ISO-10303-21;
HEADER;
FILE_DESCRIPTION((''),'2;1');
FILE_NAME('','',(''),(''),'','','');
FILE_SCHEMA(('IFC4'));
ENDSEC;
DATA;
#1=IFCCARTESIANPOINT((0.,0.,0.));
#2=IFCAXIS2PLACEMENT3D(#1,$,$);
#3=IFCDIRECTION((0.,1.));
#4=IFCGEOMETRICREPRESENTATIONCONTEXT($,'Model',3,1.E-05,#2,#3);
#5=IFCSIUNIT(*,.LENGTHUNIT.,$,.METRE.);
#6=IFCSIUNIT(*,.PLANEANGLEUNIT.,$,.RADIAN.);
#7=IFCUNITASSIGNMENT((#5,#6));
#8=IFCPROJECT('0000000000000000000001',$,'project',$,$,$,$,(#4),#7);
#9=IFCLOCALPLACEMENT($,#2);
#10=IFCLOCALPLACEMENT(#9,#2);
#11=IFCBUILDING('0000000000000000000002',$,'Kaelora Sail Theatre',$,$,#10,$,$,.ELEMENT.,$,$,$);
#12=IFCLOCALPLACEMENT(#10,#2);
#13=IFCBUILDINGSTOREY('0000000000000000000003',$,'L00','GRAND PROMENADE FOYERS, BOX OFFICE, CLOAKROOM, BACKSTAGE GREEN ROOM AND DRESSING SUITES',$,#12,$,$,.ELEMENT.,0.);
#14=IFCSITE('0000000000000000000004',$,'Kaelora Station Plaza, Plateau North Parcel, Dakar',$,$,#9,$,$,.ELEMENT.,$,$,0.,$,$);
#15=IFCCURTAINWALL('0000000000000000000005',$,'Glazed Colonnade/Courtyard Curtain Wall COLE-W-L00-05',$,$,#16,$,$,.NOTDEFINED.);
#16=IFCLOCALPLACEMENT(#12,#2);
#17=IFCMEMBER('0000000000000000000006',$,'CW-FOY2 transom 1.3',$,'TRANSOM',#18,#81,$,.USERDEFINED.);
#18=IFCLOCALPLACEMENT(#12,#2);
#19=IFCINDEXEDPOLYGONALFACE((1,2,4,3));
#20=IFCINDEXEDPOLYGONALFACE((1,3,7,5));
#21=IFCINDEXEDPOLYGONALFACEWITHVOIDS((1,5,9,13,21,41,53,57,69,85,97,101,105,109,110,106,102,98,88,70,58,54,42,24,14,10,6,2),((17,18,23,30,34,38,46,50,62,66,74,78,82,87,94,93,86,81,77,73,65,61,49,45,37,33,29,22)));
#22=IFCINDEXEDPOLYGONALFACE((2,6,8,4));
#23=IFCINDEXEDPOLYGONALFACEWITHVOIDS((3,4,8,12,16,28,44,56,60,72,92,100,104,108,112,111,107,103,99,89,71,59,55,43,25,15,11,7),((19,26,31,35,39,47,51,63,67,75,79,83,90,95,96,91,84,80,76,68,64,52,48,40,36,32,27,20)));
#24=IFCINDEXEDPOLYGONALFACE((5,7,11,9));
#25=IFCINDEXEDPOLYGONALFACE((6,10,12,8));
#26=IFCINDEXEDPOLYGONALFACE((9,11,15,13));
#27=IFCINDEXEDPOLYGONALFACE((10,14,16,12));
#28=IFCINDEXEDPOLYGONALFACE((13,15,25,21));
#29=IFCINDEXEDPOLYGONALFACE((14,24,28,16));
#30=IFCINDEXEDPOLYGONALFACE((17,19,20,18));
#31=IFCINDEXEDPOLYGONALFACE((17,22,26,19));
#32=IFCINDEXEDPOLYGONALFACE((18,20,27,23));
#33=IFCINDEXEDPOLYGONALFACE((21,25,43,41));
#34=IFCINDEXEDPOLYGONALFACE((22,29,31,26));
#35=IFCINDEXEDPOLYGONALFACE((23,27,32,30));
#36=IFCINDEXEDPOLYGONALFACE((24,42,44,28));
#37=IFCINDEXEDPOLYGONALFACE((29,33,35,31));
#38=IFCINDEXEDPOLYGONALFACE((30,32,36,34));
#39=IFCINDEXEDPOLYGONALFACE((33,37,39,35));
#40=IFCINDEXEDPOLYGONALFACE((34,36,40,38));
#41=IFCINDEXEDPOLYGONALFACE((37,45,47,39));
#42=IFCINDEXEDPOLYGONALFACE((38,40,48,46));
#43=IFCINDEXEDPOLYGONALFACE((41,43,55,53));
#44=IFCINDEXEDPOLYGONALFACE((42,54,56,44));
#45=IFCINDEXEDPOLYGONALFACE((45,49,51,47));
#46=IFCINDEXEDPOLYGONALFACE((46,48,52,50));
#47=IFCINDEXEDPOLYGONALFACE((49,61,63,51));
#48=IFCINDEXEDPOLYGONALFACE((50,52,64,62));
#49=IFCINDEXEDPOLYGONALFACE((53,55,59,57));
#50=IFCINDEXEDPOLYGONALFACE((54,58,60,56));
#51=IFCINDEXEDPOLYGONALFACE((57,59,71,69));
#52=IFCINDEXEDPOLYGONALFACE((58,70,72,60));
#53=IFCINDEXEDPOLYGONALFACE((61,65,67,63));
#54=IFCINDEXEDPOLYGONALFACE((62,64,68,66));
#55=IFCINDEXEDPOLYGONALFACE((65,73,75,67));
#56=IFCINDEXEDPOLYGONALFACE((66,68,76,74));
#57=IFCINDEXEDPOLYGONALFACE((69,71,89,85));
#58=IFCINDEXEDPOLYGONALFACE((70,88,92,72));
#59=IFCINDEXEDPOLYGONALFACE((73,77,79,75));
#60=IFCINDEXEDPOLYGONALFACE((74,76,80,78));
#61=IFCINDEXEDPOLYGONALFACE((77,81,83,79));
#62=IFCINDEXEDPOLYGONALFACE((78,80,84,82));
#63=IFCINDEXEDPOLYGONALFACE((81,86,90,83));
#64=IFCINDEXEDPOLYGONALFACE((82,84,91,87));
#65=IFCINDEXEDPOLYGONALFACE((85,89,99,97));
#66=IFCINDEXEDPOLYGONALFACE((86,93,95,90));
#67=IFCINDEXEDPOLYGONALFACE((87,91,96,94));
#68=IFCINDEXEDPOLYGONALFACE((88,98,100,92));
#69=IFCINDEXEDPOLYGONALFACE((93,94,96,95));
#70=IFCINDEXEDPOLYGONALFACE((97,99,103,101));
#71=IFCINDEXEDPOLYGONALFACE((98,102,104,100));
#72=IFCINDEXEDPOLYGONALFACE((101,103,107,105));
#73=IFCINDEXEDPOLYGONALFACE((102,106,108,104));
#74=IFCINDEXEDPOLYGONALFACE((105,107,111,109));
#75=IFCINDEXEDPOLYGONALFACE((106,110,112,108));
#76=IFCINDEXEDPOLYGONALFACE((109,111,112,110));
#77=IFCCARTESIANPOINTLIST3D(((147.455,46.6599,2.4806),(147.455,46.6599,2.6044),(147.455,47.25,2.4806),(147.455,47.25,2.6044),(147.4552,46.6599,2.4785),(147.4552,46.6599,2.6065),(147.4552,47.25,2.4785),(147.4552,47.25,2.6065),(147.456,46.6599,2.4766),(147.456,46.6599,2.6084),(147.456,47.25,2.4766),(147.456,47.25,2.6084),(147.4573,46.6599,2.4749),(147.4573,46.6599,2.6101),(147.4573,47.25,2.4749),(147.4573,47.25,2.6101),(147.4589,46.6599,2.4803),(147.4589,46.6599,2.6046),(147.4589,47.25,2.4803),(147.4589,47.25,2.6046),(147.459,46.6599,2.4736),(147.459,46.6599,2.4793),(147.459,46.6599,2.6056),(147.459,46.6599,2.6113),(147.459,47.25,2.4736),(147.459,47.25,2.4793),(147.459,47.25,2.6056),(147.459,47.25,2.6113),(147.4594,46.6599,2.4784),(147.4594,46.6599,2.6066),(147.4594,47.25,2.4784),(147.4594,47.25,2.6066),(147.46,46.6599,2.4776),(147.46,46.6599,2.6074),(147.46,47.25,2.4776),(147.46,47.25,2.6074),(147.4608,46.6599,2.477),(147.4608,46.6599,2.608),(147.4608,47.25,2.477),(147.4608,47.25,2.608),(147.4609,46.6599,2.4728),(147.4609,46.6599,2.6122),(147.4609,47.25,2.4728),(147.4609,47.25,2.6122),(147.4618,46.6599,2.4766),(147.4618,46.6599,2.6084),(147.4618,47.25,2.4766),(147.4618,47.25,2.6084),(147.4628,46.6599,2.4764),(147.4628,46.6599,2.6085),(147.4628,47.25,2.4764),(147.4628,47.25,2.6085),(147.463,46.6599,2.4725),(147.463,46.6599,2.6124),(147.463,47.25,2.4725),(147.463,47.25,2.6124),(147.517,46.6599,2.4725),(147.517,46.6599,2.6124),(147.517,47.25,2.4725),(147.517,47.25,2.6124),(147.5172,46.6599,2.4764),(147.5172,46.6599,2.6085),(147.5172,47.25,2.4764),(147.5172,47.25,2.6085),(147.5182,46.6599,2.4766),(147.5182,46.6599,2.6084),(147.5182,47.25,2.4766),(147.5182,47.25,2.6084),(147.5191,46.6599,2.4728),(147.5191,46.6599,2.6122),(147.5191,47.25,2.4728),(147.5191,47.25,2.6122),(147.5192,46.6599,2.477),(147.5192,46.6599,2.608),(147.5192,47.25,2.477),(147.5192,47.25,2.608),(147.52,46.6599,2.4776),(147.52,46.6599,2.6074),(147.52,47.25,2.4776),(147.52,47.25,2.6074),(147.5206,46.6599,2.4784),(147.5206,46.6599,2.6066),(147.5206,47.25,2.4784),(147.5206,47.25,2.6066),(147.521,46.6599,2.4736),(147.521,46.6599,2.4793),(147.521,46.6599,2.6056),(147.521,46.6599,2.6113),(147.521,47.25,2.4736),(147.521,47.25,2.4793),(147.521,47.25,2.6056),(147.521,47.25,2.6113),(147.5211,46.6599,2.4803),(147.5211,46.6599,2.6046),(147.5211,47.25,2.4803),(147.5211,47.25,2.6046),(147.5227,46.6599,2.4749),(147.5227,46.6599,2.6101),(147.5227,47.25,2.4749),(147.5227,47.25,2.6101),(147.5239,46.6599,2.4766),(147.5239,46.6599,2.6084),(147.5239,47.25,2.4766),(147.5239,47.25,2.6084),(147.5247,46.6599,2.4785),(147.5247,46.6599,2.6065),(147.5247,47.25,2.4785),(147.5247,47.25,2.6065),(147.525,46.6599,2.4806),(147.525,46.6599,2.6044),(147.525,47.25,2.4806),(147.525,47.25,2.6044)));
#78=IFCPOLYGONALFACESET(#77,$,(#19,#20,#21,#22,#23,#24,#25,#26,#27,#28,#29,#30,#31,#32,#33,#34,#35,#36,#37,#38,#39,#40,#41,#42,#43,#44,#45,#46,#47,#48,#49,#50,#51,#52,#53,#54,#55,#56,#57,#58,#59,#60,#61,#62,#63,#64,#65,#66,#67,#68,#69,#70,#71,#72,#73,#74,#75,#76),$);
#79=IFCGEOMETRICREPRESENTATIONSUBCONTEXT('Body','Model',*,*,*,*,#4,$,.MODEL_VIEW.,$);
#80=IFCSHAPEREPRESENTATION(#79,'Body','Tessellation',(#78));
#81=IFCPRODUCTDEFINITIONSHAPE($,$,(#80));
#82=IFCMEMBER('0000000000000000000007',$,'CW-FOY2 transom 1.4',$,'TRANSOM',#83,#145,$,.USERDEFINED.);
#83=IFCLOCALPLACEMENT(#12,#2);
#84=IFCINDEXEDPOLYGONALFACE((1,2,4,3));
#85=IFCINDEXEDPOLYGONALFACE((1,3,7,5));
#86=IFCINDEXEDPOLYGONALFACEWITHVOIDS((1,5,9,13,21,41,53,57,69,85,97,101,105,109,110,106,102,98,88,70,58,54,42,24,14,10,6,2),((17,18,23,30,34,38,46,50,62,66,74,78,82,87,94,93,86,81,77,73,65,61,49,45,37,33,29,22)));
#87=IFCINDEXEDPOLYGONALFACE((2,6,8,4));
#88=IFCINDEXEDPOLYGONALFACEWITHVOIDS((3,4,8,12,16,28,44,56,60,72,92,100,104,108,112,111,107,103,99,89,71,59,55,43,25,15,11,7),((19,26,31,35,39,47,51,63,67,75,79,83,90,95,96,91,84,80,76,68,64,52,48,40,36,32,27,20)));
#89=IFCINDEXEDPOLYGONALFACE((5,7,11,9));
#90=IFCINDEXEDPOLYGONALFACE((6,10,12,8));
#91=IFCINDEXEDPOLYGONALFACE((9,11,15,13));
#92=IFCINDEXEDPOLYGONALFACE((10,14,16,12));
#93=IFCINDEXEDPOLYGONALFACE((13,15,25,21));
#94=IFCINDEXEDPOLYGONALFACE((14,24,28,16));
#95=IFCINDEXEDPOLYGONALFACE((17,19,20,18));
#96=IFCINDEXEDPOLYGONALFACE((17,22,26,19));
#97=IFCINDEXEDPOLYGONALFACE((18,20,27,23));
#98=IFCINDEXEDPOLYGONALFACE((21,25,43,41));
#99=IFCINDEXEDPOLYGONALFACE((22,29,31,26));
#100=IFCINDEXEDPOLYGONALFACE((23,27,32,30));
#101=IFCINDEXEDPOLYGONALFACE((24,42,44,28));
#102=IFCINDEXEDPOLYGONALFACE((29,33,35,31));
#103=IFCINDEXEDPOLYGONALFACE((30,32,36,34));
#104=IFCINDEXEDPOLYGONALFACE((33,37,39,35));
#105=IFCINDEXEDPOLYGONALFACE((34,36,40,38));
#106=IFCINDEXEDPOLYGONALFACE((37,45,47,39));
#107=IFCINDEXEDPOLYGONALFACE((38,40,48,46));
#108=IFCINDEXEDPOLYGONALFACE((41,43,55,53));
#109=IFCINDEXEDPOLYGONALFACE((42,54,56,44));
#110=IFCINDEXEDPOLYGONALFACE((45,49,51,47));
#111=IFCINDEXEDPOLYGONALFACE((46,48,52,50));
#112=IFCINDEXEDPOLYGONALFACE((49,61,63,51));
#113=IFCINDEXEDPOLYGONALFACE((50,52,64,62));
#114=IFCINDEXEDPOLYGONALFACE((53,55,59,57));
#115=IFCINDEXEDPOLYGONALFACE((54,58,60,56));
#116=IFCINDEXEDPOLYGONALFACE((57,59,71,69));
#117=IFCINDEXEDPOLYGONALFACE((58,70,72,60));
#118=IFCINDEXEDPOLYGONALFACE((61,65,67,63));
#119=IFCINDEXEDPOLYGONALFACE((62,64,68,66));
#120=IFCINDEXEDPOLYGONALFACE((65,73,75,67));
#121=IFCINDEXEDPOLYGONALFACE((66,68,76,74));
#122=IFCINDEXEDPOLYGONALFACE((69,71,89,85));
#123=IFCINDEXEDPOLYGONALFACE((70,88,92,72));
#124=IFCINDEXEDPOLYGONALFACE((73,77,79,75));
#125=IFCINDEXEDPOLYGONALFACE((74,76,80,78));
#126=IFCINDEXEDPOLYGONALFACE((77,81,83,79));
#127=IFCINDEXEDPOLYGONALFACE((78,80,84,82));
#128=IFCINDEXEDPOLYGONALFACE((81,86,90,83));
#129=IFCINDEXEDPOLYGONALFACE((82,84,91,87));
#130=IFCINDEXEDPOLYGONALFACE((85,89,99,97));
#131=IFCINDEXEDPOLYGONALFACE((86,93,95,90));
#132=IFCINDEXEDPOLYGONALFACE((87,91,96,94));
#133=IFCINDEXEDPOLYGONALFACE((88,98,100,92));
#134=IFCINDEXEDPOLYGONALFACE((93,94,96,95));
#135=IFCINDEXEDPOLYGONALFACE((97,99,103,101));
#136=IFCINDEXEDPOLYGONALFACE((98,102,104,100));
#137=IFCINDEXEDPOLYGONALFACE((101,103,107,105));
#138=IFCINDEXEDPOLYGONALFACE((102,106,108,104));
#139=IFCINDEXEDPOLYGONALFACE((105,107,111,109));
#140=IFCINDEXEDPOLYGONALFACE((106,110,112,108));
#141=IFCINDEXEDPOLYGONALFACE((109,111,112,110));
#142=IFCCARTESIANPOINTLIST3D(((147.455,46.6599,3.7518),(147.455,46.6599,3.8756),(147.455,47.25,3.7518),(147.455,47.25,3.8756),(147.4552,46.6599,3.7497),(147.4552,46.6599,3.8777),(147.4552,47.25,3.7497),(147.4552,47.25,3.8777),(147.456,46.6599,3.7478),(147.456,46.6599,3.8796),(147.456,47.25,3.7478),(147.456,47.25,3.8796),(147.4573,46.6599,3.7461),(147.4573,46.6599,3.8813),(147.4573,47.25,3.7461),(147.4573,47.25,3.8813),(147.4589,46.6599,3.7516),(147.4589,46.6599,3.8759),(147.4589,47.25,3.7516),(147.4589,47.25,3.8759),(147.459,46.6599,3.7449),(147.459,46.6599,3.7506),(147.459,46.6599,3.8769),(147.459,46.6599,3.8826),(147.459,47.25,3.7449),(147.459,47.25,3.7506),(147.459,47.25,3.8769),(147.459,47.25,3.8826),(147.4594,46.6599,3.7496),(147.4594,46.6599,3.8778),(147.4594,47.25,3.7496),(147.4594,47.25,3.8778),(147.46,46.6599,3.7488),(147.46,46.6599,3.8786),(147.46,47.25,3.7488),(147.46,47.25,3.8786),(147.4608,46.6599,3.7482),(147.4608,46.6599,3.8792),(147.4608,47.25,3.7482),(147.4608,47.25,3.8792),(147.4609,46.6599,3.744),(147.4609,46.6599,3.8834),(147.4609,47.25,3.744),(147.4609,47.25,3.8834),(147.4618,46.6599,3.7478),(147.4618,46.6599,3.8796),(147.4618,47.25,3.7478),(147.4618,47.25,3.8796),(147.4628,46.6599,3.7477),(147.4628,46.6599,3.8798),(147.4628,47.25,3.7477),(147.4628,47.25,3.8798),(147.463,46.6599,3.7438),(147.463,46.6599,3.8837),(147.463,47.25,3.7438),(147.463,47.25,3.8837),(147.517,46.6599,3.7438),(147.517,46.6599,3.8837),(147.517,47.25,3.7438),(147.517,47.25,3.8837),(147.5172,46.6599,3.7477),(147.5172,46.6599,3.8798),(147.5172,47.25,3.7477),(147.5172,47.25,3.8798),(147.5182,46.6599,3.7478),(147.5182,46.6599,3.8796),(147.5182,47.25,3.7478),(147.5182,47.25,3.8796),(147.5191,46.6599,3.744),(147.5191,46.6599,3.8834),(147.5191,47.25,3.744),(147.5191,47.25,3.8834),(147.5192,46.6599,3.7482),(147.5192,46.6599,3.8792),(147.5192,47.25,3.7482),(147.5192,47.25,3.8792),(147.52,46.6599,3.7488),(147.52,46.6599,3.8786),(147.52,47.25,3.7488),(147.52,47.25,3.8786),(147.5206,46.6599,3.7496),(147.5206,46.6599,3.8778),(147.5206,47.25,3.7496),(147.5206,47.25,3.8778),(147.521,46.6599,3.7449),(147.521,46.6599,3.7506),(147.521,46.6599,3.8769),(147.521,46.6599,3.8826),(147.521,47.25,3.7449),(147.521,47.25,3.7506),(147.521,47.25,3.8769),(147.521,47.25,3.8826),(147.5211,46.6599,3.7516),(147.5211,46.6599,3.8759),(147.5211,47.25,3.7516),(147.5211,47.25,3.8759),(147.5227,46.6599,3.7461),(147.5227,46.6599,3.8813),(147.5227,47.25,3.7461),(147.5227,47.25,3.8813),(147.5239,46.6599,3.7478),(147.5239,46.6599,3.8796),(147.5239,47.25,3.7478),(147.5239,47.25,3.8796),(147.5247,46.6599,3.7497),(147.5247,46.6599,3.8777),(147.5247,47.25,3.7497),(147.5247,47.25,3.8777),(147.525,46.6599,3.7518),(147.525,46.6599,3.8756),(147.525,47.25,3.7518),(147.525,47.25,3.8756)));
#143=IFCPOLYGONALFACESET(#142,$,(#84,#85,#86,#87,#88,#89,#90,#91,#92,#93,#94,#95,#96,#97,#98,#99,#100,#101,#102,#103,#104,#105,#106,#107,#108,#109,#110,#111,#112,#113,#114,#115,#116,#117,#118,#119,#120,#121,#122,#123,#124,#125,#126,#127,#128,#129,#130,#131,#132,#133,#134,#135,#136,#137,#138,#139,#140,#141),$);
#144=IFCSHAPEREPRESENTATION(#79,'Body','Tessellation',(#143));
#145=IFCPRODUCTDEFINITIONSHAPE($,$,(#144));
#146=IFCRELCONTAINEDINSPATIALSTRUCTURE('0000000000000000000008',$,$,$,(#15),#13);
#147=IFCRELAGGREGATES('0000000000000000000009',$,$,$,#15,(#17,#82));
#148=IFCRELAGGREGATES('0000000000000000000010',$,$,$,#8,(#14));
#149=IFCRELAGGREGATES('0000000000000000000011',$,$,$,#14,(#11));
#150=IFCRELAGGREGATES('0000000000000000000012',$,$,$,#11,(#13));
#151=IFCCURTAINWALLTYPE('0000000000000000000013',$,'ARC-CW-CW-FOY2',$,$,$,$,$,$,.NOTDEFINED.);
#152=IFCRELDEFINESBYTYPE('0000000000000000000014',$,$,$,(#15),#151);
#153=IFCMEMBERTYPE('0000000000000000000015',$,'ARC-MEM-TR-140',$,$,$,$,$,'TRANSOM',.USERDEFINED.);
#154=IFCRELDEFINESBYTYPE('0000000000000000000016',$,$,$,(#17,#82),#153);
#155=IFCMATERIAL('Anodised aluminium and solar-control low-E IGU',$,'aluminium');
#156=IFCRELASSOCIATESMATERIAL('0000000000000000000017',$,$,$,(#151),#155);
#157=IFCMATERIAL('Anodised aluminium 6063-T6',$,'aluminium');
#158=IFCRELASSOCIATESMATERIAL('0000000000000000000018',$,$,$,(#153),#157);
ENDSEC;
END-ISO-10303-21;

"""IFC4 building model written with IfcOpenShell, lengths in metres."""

from ifc_helpers import new_model, si_unit, direction, frame, origin, origin_2d, place, context, subcontext, project, spatial, hollow_rectangle, extrude, material, material_profile, profile_set, type_object, element, aggregate, save


model = new_model("IFC4")

# Units and contexts
model_context = context("Model", 3, precision=1e-05, world=origin(), true_north=direction((0.0, 1.0)))
body_context = subcontext(model_context, "Body", "Model", "MODEL_VIEW")
ifc_project = project(units=[si_unit("LENGTHUNIT", "METRE"), si_unit("PLANEANGLEUNIT", "RADIAN")], contexts=[model_context])

# Site, building, storey
site_placement = place(None, origin())
site = spatial("IfcSite", under=ifc_project, at=site_placement, Name="Kaelora Station Plaza, Plateau North Parcel, Dakar", CompositionType="ELEMENT", RefElevation=0.0)
building_placement = place(site_placement, origin())
building = spatial("IfcBuilding", under=site, at=building_placement, Name="Kaelora Sail Theatre", CompositionType="ELEMENT")
storey_placement = place(building_placement, origin())
storey = spatial("IfcBuildingStorey", under=building, at=storey_placement, Name="L00", Description="GRAND PROMENADE FOYERS, BOX OFFICE, CLOAKROOM, BACKSTAGE GREEN ROOM AND DRESSING SUITES", CompositionType="ELEMENT", Elevation=0.0)

# Curtain wall, members
ifc_material_1 = material(Name="Anodised aluminium and solar-control low-E IGU", Category="aluminium")
curtain_wall_type = type_object("IfcCurtainWallType", Name="ARC-CW-CW-FOY2", PredefinedType="NOTDEFINED", material=ifc_material_1)
curtain_wall_placement = place(storey_placement, origin())
curtain_wall = element("IfcCurtainWall", 1, at=curtain_wall_placement, inside=storey, type_object=curtain_wall_type, Name="Glazed Colonnade/Courtyard Curtain Wall COLE-W-L00-05", PredefinedType="NOTDEFINED")
ifc_material_2 = material(Name="Anodised aluminium 6063-T6", Category="aluminium")
ifc_material_profile_1 = material_profile(ifc_material_2, hollow_rectangle(XDim=0.0701, YDim=0.1399, WallThickness=0.0039, InnerFilletRadius=0.0039, OuterFilletRadius=0.0081, at=origin_2d()), Name="ALU-TRAN 70x140x4")
ifc_profile_set_1 = profile_set([ifc_material_profile_1], Name="Anodised aluminium 6063-T6")
member_type_1 = type_object("IfcMemberType", Name="ARC-MEM-TR-140", ElementType="TRANSOM", PredefinedType="USERDEFINED", material=ifc_profile_set_1)
member_1_placement = place(storey_placement, frame((147.49, 46.6599, 2.5425), z_axis=(0.0, 1.0, 0.0), x_axis=(-1.0, 0.0, 0.0)))
member_1 = element("IfcMember", 2, at=member_1_placement, type_object=member_type_1, Name="CW-FOY2 transom 1.3", ObjectType="TRANSOM", PredefinedType="USERDEFINED", context=body_context, shape_type="SweptSolid", body=[
    extrude(hollow_rectangle(XDim=0.0701, YDim=0.1399, WallThickness=0.0039, InnerFilletRadius=0.0039, OuterFilletRadius=0.0081, at=origin_2d()), origin(), (0.0, 0.0, 1.0), 0.5901),
])
member_2_placement = place(storey_placement, frame((147.49, 46.6599, 3.8137), z_axis=(0.0, 1.0, 0.0), x_axis=(-1.0, 0.0, 0.0)))
member_2 = element("IfcMember", 3, at=member_2_placement, type_object=member_type_1, Name="CW-FOY2 transom 1.4", ObjectType="TRANSOM", PredefinedType="USERDEFINED", context=body_context, shape_type="SweptSolid", body=[
    extrude(hollow_rectangle(XDim=0.0701, YDim=0.1399, WallThickness=0.0039, InnerFilletRadius=0.0039, OuterFilletRadius=0.0081, at=origin_2d()), origin(), (0.0, 0.0, 1.0), 0.5901),
])

aggregate(curtain_wall, [member_1, member_2])

save(model, "model.ifc")
